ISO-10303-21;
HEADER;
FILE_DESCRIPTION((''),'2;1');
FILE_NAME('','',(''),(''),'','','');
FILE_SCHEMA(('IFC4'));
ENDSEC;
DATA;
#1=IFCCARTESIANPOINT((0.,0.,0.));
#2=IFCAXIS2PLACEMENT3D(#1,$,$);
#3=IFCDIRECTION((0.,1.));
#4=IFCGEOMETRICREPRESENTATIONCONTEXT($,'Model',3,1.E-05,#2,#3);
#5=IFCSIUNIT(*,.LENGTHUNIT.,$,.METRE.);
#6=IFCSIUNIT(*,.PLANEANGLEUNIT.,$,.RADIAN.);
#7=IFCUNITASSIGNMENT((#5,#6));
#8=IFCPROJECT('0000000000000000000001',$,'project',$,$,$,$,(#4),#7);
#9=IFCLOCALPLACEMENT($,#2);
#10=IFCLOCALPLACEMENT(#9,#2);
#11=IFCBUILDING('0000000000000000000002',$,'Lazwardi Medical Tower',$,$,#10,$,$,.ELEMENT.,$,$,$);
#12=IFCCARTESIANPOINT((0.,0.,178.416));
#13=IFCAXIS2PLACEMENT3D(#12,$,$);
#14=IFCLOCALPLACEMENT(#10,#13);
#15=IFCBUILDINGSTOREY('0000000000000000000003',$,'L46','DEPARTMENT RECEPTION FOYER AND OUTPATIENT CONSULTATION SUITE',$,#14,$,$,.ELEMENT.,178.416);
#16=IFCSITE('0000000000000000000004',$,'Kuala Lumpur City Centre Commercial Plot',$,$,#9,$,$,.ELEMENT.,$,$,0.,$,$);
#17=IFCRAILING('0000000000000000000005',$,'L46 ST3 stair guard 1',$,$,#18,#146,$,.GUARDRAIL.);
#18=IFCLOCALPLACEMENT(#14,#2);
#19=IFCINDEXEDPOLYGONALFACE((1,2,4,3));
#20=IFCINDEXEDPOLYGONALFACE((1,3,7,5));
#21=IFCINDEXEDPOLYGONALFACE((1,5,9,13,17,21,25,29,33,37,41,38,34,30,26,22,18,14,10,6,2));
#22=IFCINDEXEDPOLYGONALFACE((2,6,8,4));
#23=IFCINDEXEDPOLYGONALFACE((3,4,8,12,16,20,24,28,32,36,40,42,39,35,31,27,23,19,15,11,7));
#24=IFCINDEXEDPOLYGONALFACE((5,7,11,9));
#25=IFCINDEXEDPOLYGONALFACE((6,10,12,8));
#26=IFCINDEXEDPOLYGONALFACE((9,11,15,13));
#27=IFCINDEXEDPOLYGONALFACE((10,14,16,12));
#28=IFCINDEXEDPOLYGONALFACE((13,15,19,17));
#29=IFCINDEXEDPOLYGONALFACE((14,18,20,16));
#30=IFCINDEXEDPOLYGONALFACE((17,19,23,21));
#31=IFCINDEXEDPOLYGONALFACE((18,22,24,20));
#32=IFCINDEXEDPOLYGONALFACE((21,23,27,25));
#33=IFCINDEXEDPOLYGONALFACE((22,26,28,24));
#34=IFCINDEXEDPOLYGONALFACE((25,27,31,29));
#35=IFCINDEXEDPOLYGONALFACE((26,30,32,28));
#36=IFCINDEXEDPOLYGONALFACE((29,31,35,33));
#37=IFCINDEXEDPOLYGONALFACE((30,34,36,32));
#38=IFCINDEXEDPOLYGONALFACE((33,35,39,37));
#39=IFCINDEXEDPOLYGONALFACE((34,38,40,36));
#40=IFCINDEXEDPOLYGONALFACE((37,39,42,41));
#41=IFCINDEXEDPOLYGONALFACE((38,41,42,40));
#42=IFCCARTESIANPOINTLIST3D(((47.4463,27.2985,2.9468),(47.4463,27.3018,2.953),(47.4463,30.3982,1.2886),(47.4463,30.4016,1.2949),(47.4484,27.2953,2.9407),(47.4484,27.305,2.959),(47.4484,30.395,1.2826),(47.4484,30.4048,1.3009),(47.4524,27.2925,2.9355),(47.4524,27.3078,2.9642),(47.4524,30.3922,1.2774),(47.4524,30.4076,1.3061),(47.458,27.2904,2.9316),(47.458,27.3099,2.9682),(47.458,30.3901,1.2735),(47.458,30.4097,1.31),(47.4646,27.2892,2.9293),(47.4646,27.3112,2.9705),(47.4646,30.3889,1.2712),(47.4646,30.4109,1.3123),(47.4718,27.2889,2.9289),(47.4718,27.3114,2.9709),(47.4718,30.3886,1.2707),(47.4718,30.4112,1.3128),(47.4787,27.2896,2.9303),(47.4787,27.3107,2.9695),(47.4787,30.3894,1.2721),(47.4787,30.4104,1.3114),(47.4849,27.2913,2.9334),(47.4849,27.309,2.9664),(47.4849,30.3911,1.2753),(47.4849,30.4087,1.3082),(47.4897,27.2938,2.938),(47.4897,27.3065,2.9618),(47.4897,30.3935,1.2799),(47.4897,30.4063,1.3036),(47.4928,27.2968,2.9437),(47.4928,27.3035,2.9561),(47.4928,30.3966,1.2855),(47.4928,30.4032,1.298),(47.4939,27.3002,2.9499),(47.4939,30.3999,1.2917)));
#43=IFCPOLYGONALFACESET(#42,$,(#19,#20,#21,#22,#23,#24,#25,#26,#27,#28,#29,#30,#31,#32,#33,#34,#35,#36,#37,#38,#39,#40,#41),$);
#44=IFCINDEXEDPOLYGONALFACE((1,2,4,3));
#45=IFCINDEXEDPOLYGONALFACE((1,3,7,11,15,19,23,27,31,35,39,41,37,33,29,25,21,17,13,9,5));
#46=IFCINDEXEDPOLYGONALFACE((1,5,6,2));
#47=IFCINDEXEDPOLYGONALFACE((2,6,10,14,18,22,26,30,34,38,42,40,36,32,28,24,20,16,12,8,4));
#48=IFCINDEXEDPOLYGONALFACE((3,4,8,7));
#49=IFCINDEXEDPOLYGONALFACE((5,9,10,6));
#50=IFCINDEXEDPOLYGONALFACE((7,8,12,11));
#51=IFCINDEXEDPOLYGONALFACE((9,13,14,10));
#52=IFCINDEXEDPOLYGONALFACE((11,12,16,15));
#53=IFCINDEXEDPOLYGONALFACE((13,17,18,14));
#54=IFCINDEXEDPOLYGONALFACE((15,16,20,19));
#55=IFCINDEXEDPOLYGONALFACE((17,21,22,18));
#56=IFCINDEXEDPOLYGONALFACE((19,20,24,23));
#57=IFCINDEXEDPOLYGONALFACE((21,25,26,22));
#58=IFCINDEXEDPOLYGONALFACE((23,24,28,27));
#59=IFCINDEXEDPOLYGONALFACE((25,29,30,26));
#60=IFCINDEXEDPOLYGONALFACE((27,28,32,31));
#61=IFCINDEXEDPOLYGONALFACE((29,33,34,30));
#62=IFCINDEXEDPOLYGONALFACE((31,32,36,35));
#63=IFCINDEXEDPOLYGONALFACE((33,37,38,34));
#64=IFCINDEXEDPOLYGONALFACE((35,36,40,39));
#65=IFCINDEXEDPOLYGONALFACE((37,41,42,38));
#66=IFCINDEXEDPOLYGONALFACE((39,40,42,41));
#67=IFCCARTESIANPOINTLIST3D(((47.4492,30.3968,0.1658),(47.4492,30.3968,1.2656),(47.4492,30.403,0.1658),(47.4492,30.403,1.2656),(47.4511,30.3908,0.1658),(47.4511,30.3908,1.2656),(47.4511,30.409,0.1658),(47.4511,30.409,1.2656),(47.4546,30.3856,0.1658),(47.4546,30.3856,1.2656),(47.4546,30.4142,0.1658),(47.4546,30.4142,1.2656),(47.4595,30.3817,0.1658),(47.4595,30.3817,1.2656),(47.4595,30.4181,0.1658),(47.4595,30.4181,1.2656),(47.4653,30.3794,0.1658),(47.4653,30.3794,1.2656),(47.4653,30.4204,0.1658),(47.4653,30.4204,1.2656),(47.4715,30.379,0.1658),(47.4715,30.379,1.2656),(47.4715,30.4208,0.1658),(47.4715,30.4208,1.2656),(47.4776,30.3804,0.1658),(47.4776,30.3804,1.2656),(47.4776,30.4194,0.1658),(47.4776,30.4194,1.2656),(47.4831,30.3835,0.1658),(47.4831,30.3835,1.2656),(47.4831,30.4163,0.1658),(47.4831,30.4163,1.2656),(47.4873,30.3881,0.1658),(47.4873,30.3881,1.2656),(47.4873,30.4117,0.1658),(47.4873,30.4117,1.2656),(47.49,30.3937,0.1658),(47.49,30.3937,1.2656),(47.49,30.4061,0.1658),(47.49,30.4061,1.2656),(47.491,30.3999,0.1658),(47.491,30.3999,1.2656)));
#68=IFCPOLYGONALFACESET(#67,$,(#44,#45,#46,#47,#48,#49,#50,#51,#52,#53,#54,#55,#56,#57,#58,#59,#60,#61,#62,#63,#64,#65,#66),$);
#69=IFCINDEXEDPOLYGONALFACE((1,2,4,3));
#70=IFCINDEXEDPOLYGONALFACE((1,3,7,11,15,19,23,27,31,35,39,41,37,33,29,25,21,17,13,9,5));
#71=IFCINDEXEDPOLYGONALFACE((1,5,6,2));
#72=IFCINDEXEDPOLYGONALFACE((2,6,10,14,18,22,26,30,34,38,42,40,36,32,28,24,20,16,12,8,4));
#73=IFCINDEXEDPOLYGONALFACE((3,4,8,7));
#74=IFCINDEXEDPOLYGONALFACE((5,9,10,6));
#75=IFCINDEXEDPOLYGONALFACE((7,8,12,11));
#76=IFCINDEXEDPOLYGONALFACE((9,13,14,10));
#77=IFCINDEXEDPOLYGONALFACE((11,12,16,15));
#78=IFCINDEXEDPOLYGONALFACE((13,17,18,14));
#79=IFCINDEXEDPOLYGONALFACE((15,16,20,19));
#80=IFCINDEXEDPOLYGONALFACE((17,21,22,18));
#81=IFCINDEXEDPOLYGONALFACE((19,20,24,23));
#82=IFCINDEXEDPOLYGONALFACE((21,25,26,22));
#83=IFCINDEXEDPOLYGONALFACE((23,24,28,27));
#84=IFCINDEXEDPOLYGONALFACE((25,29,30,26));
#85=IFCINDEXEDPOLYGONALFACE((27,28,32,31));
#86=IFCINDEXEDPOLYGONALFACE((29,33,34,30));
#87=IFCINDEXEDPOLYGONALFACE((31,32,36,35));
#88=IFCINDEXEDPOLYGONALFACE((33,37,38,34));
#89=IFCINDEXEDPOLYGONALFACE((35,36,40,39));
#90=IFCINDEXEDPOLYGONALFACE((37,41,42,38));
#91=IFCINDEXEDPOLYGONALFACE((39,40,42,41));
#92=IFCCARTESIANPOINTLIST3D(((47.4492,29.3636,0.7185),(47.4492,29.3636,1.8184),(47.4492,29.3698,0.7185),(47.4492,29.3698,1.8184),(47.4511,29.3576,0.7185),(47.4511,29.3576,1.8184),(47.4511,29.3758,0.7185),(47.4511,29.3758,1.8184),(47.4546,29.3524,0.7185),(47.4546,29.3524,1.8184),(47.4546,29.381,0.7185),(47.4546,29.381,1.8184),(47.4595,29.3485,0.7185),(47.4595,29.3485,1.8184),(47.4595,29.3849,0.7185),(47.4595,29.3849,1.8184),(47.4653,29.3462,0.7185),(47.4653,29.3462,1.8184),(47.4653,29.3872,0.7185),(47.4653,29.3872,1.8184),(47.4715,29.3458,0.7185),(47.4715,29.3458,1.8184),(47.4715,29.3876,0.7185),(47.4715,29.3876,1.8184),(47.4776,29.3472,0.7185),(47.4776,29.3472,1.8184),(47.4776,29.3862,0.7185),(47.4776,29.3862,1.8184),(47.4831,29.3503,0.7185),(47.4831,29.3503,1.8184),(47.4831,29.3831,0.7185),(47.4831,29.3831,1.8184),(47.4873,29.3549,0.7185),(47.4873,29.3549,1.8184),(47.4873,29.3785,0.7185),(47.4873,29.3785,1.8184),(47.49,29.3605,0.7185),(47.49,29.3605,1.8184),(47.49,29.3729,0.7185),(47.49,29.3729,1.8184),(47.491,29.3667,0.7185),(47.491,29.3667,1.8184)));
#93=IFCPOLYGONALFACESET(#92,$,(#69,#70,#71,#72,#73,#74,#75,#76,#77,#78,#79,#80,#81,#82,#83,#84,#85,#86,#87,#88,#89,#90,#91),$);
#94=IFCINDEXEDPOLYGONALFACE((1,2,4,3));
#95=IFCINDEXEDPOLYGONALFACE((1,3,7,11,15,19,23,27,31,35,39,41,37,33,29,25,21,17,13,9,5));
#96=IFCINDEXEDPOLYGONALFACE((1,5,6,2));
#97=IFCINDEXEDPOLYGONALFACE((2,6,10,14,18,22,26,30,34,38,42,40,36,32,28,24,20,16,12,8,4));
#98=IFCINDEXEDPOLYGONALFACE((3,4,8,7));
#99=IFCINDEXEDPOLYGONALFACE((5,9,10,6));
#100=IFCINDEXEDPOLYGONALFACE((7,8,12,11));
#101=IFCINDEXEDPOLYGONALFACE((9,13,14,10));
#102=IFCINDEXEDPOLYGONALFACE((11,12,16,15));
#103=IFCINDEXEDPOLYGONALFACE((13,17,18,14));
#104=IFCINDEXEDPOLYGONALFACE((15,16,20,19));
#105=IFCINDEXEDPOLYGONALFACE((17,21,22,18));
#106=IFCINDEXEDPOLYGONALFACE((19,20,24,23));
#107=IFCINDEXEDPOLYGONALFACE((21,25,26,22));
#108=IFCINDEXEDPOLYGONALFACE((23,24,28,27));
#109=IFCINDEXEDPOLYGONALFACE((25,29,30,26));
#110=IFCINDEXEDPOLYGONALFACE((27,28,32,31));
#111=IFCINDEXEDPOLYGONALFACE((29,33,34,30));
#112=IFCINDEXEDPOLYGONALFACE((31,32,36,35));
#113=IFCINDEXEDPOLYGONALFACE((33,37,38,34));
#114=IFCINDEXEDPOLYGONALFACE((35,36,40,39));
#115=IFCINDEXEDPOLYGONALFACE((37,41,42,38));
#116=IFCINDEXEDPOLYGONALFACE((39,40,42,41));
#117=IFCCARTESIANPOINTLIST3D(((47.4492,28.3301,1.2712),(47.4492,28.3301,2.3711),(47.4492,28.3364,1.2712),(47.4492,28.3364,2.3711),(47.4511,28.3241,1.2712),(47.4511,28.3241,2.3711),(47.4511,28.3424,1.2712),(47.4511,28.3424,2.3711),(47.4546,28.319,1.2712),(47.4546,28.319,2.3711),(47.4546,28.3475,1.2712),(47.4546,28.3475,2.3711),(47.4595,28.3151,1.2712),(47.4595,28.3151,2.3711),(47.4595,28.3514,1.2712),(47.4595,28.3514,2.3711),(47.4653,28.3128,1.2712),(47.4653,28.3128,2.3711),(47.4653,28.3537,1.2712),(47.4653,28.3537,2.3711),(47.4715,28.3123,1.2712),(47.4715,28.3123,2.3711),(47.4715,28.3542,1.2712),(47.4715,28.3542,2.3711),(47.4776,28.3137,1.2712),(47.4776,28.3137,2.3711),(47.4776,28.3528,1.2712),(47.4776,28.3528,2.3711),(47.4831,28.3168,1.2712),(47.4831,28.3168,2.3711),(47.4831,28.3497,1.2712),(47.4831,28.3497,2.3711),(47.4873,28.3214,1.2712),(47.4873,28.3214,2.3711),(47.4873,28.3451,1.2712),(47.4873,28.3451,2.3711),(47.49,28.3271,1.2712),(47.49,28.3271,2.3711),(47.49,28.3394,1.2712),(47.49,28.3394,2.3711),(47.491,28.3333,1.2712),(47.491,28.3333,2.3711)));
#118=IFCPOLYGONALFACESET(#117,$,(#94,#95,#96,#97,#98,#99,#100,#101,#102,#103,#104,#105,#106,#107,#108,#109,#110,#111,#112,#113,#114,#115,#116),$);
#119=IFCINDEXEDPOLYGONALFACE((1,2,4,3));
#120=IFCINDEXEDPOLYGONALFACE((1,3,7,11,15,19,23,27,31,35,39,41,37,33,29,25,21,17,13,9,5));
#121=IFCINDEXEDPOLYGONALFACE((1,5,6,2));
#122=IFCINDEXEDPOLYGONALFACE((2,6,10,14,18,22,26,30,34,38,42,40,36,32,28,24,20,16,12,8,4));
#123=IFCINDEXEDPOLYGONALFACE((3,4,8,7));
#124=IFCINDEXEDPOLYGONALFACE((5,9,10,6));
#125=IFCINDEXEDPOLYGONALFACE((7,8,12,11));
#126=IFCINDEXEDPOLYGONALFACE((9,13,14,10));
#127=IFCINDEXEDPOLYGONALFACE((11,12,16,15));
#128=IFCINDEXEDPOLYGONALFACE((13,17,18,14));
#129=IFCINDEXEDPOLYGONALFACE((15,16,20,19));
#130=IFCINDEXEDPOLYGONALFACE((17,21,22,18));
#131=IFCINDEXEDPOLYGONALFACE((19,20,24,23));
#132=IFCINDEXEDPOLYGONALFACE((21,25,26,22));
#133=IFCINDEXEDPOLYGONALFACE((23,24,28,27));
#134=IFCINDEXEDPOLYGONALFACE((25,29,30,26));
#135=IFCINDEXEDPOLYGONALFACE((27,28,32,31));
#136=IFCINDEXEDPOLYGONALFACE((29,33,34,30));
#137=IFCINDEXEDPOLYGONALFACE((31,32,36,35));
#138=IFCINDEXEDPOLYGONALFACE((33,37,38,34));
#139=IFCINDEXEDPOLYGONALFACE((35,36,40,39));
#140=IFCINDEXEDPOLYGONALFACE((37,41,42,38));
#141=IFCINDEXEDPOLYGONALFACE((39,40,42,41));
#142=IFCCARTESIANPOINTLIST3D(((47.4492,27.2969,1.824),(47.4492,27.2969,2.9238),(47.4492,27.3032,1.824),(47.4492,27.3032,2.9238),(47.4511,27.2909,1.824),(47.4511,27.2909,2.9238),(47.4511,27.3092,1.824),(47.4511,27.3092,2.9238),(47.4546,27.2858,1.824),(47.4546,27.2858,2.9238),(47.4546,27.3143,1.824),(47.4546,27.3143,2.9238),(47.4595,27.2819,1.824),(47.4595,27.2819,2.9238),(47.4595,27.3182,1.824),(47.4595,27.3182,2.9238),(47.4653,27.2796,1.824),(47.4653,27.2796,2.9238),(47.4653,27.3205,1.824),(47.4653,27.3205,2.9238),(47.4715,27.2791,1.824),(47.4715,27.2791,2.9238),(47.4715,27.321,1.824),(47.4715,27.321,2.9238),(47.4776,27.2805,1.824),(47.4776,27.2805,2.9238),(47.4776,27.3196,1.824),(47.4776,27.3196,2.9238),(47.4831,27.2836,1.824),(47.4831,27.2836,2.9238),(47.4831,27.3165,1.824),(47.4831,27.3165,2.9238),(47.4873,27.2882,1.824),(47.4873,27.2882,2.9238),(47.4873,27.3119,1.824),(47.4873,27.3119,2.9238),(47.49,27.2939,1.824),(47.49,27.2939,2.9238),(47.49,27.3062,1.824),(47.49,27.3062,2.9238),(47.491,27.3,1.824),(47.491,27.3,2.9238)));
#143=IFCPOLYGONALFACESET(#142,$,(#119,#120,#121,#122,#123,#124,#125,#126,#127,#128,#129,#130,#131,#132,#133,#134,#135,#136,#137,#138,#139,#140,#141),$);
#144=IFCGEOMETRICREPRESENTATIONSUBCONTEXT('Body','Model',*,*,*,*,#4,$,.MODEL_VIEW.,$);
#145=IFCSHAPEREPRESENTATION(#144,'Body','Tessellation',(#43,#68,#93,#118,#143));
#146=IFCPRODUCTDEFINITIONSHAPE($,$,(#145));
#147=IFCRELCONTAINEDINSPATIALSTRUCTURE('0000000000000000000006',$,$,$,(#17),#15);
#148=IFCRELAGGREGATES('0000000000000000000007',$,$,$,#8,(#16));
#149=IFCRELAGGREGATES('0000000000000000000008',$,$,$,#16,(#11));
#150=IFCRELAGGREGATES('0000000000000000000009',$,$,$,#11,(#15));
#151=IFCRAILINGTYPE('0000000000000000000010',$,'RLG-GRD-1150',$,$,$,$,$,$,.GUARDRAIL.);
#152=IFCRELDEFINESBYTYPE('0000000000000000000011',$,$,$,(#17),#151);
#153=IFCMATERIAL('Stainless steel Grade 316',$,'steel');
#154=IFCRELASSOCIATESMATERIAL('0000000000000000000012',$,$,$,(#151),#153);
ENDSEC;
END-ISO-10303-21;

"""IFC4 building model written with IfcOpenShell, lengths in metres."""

from ifc_helpers import new_model, si_unit, direction, frame, origin, origin_2d, place, context, subcontext, project, spatial, circle, extrude, material, type_object, element, save


model = new_model("IFC4")

# Units and contexts
model_context = context("Model", 3, precision=1e-05, world=origin(), true_north=direction((0.0, 1.0)))
body_context = subcontext(model_context, "Body", "Model", "MODEL_VIEW")
ifc_project = project(units=[si_unit("LENGTHUNIT", "METRE"), si_unit("PLANEANGLEUNIT", "RADIAN")], contexts=[model_context])

# Site, building, storey
site_placement = place(None, origin())
site = spatial("IfcSite", under=ifc_project, at=site_placement, Name="Kuala Lumpur City Centre Commercial Plot", CompositionType="ELEMENT", RefElevation=0.0)
building_placement = place(site_placement, origin())
building = spatial("IfcBuilding", under=site, at=building_placement, Name="Lazwardi Medical Tower", CompositionType="ELEMENT")
storey_placement = place(building_placement, frame((0.0, 0.0, 178.416)))
storey = spatial("IfcBuildingStorey", under=building, at=storey_placement, Name="L46", Description="DEPARTMENT RECEPTION FOYER AND OUTPATIENT CONSULTATION SUITE", CompositionType="ELEMENT", Elevation=178.416)

# Railing
ifc_material_1 = material(Name="Stainless steel Grade 316", Category="steel")
railing_type = type_object("IfcRailingType", Name="RLG-GRD-1150", PredefinedType="GUARDRAIL", material=ifc_material_1)
railing_1_placement = place(storey_placement, frame((47.47, 30.3999, 0.1658)))
element("IfcRailing", 1, at=railing_1_placement, inside=storey, type_object=railing_type, Name="L46 ST3 stair guard 1", PredefinedType="GUARDRAIL", context=body_context, shape_type="SweptSolid", body=[
    extrude(circle(Radius=0.0239, at=origin_2d()), frame((0.0, 0.0, 1.126), z_axis=(0.0, -0.881768, 0.471684), x_axis=(1.0, 0.0, 0.0)), (0.0, 0.0, 1.0), 3.5154),
    extrude(circle(Radius=0.021, at=origin_2d()), origin(), (0.0, 0.0, 1.0), 1.0999),
    extrude(circle(Radius=0.021, at=origin_2d()), frame((0.0, -1.0332, 0.5527)), (0.0, 0.0, 1.0), 1.0999),
    extrude(circle(Radius=0.021, at=origin_2d()), frame((0.0, -2.0667, 1.1055)), (0.0, 0.0, 1.0), 1.0999),
    extrude(circle(Radius=0.021, at=origin_2d()), frame((0.0, -3.0999, 1.6582)), (0.0, 0.0, 1.0), 1.0999),
])

save(model, "model.ifc")
